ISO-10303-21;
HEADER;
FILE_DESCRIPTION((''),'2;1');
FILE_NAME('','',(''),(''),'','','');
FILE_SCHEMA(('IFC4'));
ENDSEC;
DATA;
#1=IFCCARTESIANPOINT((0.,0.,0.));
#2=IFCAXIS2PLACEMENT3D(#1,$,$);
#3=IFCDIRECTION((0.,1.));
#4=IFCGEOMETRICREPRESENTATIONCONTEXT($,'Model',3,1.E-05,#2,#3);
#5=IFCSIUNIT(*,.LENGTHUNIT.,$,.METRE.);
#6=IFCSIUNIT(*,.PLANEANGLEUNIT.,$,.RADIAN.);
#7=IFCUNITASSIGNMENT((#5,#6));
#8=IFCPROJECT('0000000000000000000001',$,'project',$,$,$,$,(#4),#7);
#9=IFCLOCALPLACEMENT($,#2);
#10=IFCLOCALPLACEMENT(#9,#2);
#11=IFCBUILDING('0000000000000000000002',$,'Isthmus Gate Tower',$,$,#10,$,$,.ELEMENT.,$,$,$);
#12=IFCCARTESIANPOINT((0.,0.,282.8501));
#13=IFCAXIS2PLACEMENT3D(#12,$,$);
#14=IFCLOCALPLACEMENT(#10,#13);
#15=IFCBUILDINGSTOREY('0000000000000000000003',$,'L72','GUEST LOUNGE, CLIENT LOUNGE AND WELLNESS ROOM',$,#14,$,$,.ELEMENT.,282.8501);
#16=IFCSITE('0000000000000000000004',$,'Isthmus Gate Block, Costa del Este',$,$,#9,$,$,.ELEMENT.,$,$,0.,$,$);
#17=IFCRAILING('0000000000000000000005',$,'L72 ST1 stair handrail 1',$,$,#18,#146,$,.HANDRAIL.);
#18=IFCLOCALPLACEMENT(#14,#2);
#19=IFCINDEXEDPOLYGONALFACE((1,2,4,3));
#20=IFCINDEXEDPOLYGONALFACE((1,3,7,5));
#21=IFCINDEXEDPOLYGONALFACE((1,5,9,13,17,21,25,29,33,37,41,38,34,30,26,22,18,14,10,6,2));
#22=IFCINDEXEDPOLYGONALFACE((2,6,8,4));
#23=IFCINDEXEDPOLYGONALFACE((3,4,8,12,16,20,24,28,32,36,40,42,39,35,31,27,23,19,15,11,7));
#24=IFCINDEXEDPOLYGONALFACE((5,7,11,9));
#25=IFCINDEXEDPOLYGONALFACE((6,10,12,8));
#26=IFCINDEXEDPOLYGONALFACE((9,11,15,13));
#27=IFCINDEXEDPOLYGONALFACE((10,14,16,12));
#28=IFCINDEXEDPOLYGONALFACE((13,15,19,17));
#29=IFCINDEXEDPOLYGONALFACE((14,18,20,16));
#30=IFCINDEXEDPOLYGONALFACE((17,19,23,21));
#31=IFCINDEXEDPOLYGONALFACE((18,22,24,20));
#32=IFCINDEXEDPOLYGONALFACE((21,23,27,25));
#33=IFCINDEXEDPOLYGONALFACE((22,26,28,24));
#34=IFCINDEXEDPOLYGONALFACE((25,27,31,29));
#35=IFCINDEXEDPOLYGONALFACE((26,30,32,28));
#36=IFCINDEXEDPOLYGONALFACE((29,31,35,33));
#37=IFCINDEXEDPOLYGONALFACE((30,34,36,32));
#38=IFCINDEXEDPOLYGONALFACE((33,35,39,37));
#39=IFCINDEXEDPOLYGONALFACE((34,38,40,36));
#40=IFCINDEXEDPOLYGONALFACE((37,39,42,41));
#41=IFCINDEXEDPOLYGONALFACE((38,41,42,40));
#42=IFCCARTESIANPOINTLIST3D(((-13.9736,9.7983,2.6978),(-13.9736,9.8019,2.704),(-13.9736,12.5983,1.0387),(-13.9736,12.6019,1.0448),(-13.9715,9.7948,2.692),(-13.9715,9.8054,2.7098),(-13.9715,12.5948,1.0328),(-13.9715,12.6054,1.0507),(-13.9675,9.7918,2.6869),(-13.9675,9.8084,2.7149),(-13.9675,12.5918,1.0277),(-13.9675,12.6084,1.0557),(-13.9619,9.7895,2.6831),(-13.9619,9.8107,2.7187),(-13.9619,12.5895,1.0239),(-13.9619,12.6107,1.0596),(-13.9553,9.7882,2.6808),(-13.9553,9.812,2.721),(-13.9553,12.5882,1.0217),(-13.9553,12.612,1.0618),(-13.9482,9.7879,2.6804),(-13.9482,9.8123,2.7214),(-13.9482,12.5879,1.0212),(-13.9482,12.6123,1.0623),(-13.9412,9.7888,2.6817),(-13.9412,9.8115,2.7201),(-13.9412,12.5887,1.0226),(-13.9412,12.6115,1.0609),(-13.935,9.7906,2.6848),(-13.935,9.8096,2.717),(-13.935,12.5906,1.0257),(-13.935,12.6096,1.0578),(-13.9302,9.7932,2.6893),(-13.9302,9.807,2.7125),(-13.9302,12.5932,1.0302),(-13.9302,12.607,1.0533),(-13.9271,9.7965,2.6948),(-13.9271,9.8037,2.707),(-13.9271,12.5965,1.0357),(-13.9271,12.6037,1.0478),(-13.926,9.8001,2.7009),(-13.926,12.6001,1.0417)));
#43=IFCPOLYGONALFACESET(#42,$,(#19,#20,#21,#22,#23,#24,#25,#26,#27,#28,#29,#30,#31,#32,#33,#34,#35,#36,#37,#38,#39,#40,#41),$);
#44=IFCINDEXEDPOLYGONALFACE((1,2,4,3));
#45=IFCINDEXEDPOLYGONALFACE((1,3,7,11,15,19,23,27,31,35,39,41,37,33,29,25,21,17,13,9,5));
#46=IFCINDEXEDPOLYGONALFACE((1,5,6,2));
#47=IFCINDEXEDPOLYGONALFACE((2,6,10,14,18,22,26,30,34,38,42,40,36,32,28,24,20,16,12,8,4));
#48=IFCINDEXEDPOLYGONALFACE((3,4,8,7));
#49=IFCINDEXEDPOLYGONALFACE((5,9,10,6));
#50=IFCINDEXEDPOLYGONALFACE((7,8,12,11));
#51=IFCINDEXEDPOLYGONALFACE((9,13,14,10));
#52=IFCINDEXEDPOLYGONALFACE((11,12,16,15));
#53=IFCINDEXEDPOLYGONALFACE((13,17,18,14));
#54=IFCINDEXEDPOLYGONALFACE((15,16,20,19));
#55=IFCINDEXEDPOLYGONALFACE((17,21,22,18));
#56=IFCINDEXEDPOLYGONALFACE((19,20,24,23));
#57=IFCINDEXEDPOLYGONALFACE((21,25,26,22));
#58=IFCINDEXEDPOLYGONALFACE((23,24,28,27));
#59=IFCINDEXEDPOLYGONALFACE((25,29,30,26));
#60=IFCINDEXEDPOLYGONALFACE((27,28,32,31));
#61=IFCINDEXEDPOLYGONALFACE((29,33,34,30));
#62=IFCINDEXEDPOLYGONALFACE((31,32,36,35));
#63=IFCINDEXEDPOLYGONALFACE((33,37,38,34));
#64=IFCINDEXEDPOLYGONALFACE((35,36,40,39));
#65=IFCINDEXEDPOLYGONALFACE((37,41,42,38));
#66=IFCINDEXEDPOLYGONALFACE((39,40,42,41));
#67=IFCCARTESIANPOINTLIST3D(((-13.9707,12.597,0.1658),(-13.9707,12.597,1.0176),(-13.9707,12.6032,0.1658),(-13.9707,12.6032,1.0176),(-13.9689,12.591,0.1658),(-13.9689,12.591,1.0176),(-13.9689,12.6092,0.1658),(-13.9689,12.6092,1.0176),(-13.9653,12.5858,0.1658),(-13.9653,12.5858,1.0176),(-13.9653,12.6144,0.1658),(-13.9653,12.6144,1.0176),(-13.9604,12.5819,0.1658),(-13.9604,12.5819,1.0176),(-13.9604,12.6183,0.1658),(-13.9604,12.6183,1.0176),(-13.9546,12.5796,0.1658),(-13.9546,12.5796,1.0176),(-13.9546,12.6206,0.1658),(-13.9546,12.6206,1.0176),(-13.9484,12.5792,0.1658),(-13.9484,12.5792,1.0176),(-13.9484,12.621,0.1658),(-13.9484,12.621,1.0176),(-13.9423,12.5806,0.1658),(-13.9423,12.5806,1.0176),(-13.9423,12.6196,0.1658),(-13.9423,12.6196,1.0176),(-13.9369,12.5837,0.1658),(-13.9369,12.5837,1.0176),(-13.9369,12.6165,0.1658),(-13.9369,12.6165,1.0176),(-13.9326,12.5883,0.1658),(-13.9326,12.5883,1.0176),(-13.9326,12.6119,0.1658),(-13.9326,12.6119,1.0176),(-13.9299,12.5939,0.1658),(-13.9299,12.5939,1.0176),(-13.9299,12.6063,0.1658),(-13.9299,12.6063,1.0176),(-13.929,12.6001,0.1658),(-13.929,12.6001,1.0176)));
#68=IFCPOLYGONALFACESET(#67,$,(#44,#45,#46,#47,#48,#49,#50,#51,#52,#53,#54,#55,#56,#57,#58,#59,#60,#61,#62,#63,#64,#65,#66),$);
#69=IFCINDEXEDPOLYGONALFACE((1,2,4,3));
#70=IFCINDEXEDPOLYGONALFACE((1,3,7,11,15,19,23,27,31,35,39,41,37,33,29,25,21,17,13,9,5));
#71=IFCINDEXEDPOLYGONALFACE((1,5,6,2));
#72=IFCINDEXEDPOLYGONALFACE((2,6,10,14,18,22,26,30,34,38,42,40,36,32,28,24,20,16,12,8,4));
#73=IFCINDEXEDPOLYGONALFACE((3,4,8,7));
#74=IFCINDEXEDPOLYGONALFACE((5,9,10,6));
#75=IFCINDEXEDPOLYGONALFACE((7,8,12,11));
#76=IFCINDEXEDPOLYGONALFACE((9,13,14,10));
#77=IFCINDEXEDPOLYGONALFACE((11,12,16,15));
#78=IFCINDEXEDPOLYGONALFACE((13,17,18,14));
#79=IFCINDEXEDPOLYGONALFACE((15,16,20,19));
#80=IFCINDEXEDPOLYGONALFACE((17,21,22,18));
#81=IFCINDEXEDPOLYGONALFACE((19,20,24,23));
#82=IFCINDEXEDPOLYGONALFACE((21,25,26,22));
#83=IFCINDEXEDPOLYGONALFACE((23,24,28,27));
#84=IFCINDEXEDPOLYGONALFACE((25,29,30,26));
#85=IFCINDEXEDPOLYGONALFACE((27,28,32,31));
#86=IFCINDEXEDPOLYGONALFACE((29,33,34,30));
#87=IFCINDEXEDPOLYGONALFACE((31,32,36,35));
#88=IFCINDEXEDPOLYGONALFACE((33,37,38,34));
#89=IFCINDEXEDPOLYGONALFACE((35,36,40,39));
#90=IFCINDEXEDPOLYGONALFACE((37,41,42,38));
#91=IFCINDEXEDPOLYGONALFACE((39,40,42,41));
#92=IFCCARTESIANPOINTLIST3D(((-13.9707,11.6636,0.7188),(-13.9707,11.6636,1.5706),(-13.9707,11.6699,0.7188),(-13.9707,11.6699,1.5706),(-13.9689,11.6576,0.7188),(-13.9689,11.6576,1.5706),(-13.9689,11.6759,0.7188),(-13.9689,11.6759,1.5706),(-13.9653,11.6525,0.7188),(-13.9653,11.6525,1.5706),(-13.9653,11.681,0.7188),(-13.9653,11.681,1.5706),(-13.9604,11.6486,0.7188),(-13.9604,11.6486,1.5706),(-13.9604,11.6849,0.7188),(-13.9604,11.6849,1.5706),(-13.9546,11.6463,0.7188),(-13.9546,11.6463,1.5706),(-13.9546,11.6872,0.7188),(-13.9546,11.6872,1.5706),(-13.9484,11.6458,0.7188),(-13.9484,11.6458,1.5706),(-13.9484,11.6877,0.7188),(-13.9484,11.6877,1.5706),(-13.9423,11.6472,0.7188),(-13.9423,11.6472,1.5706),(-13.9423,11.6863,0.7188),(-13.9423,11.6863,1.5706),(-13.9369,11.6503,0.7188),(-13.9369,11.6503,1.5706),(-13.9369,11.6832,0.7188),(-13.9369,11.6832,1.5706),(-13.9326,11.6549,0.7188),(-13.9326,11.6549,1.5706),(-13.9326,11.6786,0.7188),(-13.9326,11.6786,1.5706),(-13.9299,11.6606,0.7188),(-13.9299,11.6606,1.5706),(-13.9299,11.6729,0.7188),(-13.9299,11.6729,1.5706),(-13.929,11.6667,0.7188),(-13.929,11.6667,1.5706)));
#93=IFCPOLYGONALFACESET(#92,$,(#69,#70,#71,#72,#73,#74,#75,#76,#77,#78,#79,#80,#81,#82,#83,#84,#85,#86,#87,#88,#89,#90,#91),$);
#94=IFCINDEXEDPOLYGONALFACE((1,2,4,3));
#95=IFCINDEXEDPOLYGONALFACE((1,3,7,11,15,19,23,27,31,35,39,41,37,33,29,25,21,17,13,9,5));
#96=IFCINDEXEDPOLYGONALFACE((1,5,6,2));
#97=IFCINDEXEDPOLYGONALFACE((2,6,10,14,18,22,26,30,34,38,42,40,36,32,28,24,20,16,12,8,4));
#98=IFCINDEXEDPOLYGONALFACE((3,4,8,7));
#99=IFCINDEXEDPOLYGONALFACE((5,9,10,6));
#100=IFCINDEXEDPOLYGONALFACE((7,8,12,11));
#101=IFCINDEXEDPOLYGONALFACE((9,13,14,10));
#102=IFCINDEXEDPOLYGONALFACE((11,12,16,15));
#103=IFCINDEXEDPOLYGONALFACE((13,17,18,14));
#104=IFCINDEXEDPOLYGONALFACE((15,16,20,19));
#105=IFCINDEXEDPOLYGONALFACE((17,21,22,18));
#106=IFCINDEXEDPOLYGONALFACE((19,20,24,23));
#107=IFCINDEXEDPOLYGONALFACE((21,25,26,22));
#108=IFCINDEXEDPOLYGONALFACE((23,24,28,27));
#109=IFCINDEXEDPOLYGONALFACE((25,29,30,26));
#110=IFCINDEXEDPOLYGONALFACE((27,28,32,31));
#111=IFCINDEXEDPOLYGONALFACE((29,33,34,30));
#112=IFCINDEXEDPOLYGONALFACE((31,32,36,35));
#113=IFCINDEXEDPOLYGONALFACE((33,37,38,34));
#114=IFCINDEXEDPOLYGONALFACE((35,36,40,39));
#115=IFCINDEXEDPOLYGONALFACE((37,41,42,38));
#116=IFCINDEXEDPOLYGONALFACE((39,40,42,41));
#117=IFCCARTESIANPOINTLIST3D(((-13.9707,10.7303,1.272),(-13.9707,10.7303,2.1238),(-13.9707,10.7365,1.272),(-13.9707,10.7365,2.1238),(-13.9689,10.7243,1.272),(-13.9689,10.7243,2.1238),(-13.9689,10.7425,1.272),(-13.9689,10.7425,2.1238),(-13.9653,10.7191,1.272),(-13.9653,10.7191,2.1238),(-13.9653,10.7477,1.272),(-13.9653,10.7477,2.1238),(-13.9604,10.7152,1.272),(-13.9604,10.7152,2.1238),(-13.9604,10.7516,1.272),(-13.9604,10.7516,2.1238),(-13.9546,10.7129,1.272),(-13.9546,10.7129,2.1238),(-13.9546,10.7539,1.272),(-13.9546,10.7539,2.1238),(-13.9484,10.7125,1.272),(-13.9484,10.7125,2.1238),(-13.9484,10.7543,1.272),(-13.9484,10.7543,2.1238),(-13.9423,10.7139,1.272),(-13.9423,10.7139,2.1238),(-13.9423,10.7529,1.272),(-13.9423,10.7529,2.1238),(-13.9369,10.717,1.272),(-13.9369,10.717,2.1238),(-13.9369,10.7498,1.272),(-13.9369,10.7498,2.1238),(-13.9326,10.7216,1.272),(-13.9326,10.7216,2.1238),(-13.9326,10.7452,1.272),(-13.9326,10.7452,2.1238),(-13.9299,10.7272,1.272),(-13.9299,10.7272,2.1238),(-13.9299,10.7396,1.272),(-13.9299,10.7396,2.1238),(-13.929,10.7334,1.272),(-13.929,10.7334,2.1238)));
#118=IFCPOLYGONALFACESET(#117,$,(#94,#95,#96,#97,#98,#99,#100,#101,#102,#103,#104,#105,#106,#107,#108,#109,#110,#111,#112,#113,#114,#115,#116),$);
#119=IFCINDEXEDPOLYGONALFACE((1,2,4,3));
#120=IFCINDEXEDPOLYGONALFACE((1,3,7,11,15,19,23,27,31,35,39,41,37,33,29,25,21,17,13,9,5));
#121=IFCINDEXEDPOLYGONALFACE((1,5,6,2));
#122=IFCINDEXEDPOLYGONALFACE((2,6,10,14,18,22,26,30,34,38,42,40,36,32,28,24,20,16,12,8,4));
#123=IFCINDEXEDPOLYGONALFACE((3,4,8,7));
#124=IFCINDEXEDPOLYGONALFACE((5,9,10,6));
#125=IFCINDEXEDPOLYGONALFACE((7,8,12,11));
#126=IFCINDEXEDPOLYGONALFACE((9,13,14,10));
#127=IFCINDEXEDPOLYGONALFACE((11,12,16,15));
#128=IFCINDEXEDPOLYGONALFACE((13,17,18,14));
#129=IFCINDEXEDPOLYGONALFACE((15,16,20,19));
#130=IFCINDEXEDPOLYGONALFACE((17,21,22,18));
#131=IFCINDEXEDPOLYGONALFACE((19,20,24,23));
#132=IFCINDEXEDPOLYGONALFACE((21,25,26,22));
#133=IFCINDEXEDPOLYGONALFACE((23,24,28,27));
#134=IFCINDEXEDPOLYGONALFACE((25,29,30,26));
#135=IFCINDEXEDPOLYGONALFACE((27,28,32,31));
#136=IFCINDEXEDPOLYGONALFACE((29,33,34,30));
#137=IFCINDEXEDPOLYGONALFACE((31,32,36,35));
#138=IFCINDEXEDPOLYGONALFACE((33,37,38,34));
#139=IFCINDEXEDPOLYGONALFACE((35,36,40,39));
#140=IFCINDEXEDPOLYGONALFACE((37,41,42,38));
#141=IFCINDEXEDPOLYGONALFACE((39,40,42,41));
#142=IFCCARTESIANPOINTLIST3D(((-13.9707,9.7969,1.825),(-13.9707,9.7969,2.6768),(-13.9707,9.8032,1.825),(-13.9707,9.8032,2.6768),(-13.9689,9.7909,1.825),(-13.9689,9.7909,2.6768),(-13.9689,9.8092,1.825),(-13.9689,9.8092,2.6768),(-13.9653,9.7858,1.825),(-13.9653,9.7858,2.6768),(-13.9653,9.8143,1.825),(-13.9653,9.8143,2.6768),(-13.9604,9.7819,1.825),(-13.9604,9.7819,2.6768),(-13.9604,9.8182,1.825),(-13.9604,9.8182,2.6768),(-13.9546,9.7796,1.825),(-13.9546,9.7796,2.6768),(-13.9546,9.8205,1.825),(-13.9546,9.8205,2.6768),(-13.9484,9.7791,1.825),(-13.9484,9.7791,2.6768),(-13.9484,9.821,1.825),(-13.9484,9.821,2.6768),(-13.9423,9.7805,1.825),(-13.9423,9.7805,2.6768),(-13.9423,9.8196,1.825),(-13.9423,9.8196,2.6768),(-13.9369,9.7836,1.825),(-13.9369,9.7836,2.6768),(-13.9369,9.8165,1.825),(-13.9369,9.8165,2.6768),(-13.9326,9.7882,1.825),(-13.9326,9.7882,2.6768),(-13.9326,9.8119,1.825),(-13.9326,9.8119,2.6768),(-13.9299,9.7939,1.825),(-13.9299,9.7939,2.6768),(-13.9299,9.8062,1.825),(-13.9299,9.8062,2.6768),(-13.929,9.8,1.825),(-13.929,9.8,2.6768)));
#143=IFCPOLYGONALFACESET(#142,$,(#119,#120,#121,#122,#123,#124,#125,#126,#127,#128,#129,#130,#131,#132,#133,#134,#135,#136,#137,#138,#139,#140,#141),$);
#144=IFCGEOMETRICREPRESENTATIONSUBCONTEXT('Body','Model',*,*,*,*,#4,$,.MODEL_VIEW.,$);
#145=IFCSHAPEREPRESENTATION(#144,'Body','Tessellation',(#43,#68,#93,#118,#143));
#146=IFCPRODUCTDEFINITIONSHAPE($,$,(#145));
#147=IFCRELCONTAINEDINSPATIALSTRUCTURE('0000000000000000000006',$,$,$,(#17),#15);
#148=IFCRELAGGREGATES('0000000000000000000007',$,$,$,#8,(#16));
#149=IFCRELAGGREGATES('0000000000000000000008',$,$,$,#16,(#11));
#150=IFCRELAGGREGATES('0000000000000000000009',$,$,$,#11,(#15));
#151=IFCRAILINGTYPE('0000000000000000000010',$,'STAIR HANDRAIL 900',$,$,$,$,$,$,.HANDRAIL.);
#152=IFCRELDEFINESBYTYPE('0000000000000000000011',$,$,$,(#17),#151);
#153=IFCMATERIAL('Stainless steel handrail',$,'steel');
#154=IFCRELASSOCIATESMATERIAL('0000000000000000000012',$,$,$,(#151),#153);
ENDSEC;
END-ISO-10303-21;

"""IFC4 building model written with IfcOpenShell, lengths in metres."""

from ifc_helpers import new_model, si_unit, direction, frame, origin, origin_2d, place, context, subcontext, project, spatial, circle, extrude, material, type_object, element, save


model = new_model("IFC4")

# Units and contexts
model_context = context("Model", 3, precision=1e-05, world=origin(), true_north=direction((0.0, 1.0)))
body_context = subcontext(model_context, "Body", "Model", "MODEL_VIEW")
ifc_project = project(units=[si_unit("LENGTHUNIT", "METRE"), si_unit("PLANEANGLEUNIT", "RADIAN")], contexts=[model_context])

# Site, building, storey
site_placement = place(None, origin())
site = spatial("IfcSite", under=ifc_project, at=site_placement, Name="Isthmus Gate Block, Costa del Este", CompositionType="ELEMENT", RefElevation=0.0)
building_placement = place(site_placement, origin())
building = spatial("IfcBuilding", under=site, at=building_placement, Name="Isthmus Gate Tower", CompositionType="ELEMENT")
storey_placement = place(building_placement, frame((0.0, 0.0, 282.8501)))
storey = spatial("IfcBuildingStorey", under=building, at=storey_placement, Name="L72", Description="GUEST LOUNGE, CLIENT LOUNGE AND WELLNESS ROOM", CompositionType="ELEMENT", Elevation=282.8501)

# Railing
ifc_material_1 = material(Name="Stainless steel handrail", Category="steel")
railing_type = type_object("IfcRailingType", Name="STAIR HANDRAIL 900", PredefinedType="HANDRAIL", material=ifc_material_1)
for number, where, name in (
    (1, (-13.95, 12.6001, 0.1658), "L72 ST1 stair handrail 1"),
):
    element("IfcRailing", number, at=place(storey_placement, frame(where)), inside=storey, type_object=railing_type, Name=name, PredefinedType="HANDRAIL", context=body_context, shape_type="SweptSolid", body=[
        extrude(circle(Radius=0.0239, at=origin_2d()), frame((0.0, 0.0, 0.876), z_axis=(0.0, -0.860306, 0.509778), x_axis=(1.0, 0.0, 0.0)), (0.0, 0.0, 1.0), 3.2546),
        extrude(circle(Radius=0.021, at=origin_2d()), origin(), (0.0, 0.0, 1.0), 0.8518),
        extrude(circle(Radius=0.021, at=origin_2d()), frame((0.0, -0.9333, 0.553)), (0.0, 0.0, 1.0), 0.8518),
        extrude(circle(Radius=0.021, at=origin_2d()), frame((0.0, -1.8667, 1.1062)), (0.0, 0.0, 1.0), 0.8518),
        extrude(circle(Radius=0.021, at=origin_2d()), frame((0.0, -2.8, 1.6592)), (0.0, 0.0, 1.0), 0.8518),
    ])

save(model, "model.ifc")
